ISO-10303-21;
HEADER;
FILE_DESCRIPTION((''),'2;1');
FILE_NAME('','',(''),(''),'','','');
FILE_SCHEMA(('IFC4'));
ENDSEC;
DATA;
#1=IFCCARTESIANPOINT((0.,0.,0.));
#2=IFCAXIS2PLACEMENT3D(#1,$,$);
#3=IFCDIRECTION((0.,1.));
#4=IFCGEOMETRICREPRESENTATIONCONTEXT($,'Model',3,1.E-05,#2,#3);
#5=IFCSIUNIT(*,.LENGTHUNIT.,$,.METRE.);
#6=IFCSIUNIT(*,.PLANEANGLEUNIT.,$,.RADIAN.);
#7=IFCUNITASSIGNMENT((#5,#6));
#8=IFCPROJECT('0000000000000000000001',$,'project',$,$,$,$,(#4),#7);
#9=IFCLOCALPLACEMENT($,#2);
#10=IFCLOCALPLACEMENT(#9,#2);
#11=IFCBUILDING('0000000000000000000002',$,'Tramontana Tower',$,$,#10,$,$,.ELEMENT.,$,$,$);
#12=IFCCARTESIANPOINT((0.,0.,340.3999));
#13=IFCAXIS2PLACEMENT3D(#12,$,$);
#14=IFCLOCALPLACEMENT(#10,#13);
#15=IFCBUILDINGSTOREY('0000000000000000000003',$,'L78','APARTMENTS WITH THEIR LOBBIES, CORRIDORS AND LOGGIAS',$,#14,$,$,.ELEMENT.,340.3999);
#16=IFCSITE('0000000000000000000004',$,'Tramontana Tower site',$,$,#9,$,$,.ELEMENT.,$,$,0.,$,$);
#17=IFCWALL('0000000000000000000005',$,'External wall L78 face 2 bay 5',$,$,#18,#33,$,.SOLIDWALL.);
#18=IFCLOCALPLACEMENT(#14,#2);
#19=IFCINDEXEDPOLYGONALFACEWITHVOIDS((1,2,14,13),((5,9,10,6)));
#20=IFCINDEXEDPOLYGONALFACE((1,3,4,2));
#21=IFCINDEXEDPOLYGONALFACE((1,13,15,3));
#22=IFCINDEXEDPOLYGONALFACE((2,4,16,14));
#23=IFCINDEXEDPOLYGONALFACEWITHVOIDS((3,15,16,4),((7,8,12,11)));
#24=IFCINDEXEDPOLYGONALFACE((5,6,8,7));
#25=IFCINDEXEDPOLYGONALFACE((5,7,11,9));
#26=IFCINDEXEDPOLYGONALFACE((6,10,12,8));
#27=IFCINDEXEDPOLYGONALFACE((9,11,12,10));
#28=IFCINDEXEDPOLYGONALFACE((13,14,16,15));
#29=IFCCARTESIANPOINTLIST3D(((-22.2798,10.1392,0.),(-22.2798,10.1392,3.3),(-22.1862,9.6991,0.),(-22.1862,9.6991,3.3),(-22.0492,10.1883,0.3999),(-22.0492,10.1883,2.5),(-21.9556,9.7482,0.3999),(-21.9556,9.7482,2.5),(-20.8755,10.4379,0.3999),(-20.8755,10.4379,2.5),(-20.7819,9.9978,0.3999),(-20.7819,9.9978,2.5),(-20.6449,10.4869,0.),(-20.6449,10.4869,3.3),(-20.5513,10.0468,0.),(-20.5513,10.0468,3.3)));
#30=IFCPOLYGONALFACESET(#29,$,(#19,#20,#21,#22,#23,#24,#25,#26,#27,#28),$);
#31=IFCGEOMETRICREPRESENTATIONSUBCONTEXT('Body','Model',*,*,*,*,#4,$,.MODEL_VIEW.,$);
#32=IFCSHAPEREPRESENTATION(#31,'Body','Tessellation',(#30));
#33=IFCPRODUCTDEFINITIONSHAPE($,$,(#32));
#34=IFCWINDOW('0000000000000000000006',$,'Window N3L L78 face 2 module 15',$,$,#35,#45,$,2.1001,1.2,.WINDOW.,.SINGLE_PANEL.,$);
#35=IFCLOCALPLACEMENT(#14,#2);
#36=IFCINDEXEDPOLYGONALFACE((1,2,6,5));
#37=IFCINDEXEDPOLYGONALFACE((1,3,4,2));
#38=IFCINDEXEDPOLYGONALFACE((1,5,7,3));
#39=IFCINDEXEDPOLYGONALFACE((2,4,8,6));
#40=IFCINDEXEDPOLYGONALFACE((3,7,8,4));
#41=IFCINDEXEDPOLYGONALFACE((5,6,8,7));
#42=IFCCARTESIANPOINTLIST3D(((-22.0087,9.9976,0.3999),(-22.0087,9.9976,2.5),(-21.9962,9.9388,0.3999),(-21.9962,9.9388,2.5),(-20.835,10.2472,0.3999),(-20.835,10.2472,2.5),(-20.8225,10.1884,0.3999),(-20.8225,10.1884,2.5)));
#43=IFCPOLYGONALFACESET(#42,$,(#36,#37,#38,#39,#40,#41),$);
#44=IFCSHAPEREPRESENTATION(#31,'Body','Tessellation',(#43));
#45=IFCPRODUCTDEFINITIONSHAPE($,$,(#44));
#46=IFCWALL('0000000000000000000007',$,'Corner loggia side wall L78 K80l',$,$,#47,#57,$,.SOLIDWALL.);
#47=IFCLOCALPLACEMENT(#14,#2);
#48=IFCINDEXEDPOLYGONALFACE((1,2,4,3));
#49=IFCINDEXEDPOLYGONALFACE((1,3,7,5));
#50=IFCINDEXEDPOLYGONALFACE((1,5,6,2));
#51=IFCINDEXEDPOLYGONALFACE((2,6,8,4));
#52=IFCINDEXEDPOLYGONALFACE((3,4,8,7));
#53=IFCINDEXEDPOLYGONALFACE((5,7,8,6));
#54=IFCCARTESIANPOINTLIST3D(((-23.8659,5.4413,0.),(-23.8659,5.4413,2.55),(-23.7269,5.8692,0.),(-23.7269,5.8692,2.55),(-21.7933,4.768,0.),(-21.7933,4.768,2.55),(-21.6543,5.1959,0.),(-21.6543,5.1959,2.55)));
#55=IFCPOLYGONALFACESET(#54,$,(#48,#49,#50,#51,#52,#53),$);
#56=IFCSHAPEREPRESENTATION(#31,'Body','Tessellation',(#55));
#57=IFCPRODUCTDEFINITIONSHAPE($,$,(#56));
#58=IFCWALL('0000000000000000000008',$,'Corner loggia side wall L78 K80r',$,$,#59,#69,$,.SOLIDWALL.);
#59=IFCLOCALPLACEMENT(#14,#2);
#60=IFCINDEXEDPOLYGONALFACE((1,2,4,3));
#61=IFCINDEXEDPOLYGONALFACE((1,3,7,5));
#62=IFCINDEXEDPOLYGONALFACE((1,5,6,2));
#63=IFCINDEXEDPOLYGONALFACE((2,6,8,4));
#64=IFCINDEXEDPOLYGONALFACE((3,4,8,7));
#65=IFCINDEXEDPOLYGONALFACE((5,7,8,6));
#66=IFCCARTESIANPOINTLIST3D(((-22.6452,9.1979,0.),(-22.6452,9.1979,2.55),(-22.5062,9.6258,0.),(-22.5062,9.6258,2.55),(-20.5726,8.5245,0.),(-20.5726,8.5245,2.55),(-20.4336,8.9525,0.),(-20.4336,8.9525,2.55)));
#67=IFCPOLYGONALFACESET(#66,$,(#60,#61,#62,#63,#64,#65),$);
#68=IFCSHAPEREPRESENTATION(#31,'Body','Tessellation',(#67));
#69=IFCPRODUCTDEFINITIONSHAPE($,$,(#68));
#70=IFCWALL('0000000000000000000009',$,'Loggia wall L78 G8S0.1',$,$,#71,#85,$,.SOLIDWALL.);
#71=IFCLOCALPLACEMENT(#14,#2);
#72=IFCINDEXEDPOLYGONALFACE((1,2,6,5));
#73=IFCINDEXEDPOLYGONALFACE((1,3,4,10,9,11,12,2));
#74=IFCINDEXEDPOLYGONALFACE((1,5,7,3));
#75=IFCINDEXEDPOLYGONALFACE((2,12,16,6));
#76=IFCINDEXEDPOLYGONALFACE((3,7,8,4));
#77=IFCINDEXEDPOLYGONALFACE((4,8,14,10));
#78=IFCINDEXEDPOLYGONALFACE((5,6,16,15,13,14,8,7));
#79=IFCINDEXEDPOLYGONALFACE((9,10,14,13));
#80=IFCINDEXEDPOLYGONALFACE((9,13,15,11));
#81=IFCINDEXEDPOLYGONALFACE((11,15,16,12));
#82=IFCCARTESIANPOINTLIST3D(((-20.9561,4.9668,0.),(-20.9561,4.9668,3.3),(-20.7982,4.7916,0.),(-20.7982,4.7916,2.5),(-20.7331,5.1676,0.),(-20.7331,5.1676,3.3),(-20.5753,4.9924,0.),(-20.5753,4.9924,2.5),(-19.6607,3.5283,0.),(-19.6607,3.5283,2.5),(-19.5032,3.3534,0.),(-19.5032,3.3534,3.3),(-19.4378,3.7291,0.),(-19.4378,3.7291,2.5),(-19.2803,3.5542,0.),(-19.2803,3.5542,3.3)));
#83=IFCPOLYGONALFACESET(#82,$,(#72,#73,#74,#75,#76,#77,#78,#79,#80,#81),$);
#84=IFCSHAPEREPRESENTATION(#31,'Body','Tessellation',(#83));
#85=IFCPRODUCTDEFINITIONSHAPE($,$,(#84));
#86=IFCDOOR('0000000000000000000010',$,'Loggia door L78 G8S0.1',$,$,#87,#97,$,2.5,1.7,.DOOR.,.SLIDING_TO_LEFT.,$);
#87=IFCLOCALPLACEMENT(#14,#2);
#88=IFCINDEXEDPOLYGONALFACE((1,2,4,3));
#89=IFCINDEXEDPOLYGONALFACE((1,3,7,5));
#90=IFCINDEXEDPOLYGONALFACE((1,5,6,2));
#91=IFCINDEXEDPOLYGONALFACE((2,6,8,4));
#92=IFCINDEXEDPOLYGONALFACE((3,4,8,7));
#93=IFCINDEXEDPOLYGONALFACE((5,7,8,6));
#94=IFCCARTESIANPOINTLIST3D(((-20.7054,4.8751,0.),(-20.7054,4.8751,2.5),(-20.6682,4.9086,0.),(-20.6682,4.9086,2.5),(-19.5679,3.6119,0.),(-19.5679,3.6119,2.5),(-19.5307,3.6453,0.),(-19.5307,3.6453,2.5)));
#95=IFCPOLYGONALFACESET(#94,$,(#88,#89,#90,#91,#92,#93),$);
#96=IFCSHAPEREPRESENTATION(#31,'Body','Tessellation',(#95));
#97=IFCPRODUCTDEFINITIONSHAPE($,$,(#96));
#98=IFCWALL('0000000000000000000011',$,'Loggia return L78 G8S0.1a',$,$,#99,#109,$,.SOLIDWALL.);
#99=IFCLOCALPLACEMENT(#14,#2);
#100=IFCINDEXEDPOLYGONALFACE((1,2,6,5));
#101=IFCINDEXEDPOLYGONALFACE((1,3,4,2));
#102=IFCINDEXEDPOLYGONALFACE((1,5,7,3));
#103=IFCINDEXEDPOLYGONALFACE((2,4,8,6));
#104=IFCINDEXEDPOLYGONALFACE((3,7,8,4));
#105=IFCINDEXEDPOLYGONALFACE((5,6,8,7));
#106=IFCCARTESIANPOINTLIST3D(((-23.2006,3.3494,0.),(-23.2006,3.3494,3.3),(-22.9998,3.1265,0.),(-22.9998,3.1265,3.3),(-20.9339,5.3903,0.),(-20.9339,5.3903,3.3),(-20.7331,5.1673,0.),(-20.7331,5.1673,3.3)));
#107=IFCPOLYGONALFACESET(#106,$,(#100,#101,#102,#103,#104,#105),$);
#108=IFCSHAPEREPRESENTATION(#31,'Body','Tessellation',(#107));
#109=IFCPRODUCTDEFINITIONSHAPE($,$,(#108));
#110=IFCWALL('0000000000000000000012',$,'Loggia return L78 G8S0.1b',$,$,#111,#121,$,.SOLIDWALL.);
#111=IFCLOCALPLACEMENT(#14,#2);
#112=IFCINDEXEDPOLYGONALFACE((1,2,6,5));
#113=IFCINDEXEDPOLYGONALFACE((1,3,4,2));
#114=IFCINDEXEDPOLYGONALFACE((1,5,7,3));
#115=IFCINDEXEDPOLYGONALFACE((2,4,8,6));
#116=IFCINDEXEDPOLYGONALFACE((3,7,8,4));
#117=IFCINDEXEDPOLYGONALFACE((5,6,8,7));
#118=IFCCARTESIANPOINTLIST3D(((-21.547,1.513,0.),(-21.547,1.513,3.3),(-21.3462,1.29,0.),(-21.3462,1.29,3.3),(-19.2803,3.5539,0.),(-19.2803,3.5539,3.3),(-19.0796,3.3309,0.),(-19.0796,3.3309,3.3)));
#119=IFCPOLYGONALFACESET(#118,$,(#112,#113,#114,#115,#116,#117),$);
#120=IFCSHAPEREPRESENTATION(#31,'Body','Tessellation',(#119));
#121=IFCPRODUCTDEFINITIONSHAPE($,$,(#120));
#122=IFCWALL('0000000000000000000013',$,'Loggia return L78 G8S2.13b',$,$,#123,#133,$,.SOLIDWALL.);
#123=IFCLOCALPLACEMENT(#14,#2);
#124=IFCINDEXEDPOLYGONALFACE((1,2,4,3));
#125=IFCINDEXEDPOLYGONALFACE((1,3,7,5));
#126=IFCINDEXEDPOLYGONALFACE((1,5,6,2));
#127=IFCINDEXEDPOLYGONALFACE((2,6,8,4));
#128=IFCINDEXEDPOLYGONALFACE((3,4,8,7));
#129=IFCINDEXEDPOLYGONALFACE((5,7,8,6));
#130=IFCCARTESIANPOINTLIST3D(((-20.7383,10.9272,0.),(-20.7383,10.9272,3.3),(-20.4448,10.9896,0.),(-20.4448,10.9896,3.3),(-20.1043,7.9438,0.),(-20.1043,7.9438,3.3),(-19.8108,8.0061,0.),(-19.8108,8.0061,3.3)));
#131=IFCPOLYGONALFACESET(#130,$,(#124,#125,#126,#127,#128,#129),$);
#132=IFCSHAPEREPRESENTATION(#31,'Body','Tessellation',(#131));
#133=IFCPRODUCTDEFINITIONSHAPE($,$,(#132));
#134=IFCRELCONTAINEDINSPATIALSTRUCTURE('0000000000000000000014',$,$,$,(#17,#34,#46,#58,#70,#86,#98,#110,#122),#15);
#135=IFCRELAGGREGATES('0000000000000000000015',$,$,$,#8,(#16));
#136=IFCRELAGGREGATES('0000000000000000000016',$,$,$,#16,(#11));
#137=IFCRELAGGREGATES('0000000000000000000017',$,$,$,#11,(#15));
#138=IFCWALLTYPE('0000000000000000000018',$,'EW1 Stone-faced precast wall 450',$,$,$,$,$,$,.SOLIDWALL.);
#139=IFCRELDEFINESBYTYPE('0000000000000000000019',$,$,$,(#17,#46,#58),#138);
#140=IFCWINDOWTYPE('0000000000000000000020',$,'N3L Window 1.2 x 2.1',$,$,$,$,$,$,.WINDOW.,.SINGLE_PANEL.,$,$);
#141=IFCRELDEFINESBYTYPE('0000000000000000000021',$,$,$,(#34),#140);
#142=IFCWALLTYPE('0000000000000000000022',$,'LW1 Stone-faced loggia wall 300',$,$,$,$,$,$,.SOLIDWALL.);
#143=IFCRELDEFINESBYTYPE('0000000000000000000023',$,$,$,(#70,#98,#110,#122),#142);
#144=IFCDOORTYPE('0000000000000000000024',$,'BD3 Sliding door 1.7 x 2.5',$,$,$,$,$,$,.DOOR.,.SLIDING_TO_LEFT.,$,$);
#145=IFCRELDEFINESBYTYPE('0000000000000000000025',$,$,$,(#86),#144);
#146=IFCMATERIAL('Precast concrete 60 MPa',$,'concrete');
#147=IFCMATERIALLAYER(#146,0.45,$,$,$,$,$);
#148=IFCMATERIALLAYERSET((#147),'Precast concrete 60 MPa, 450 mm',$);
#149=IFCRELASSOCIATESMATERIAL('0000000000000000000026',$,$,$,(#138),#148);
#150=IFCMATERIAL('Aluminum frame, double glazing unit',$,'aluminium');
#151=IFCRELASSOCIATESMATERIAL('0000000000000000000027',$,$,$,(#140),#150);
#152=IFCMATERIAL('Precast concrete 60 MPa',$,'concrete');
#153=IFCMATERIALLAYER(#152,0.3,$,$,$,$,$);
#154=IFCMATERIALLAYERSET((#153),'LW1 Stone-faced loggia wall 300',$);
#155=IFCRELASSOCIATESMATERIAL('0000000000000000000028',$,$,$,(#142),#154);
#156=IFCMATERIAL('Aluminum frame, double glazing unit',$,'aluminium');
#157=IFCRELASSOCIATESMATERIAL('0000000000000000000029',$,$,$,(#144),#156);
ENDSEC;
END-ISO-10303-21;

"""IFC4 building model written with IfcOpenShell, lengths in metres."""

from ifc_helpers import new_model, si_unit, direction, frame, frame_2d, origin, place, context, subcontext, project, spatial, rectangle, extrude, material, layer, layer_set, type_object, element, fill, save


model = new_model("IFC4")

# Units and contexts
model_context = context("Model", 3, precision=1e-05, world=origin(), true_north=direction((0.0, 1.0)))
body_context = subcontext(model_context, "Body", "Model", "MODEL_VIEW")
ifc_project = project(units=[si_unit("LENGTHUNIT", "METRE"), si_unit("PLANEANGLEUNIT", "RADIAN")], contexts=[model_context])

# Site, building, storey
site_placement = place(None, origin())
site = spatial("IfcSite", under=ifc_project, at=site_placement, Name="Tramontana Tower site", CompositionType="ELEMENT", RefElevation=0.0)
building_placement = place(site_placement, origin())
building = spatial("IfcBuilding", under=site, at=building_placement, Name="Tramontana Tower", CompositionType="ELEMENT")
storey_placement = place(building_placement, frame((0.0, 0.0, 340.3999)))
storey = spatial("IfcBuildingStorey", under=building, at=storey_placement, Name="L78", Description="APARTMENTS WITH THEIR LOBBIES, CORRIDORS AND LOGGIAS", CompositionType="ELEMENT", Elevation=340.3999)

# Wall, opening, window
ifc_material_1 = material(Name="Precast concrete 60 MPa", Category="concrete")
ifc_layer_1 = layer(ifc_material_1, 0.45)
ifc_layer_set_1 = layer_set([ifc_layer_1], Name="Precast concrete 60 MPa, 450 mm")
wall_type_1 = type_object("IfcWallType", Name="EW1 Stone-faced precast wall 450", PredefinedType="SOLIDWALL", material=ifc_layer_set_1)
ifc_material_2 = material(Name="Aluminum frame, double glazing unit", Category="aluminium")
window_type_1 = type_object("IfcWindowType", Name="N3L Window 1.2 x 2.1", PartitioningType="SINGLE_PANEL", PredefinedType="WINDOW", material=ifc_material_2)
wall_1_placement = place(storey_placement, frame((-20.5981, 10.2668, 0.0), z_axis=(0.0, 0.0, 1.0), x_axis=(-0.978126, -0.208012, 0.0)))
wall_1 = element("IfcWall", 1, at=wall_1_placement, inside=storey, type_object=wall_type_1, Name="External wall L78 face 2 bay 5", PredefinedType="SOLIDWALL", context=body_context, shape_type="SweptSolid", body=[
    extrude(rectangle(XDim=1.6714, YDim=0.45, at=frame_2d((0.8357, 0.0))), origin(), (0.0, 0.0, 1.0), 3.3),
])
opening_1_placement = place(wall_1_placement, frame((0.2356, 0.0, 0.3999)))
opening_1 = element("IfcOpeningElement", 2, at=opening_1_placement, cuts=wall_1, PredefinedType="OPENING", context=body_context, shape_type="SweptSolid", body=[
    extrude(rectangle(XDim=1.2, YDim=2.1001, at=frame_2d((0.6001, 1.05))), frame((0.0, 0.2349, 0.0), z_axis=(0.0, -1.0, 0.0), x_axis=(1.0, 0.0, 0.0)), (0.0, 0.0, 1.0), 0.47),
])
window_1_placement = place(opening_1_placement, origin())
window_1 = element("IfcWindow", 3, at=window_1_placement, inside=storey, type_object=window_type_1, Name="Window N3L L78 face 2 module 15", OverallHeight=2.1001, OverallWidth=1.2, PartitioningType="SINGLE_PANEL", PredefinedType="WINDOW", context=body_context, shape_type="SweptSolid", body=[
    extrude(rectangle(XDim=1.2, YDim=2.1001, at=frame_2d((0.6001, 1.05))), frame((0.0, 0.03, 0.0), z_axis=(0.0, -1.0, 0.0), x_axis=(1.0, 0.0, 0.0)), (0.0, 0.0, 1.0), 0.0601),
])
fill(opening_1, window_1)

# Walls
for number, where, z_axis, x_axis, name in (
    (4, (-23.7964, 5.6553, 0.0), (0.0, 0.0, 1.0), (0.951065, -0.308992, 0.0), "Corner loggia side wall L78 K80l"),
    (5, (-22.5757, 9.4119, 0.0), (0.0, 0.0, 1.0), (0.951065, -0.308992, 0.0), "Corner loggia side wall L78 K80r"),
):
    element("IfcWall", number, at=place(storey_placement, frame(where, z_axis=z_axis, x_axis=x_axis)), inside=storey, type_object=wall_type_1, Name=name, PredefinedType="SOLIDWALL", context=body_context, shape_type="SweptSolid", body=[
        extrude(rectangle(XDim=2.1792, YDim=0.45, at=frame_2d((1.0896, 0.0))), origin(), (0.0, 0.0, 1.0), 2.55),
    ])

# Wall, opening, door
ifc_material_3 = material(Name="Precast concrete 60 MPa", Category="concrete")
ifc_layer_2 = layer(ifc_material_3, 0.3)
ifc_layer_set_2 = layer_set([ifc_layer_2], Name="LW1 Stone-faced loggia wall 300")
wall_type_2 = type_object("IfcWallType", Name="LW1 Stone-faced loggia wall 300", PredefinedType="SOLIDWALL", material=ifc_layer_set_2)
wall_2_placement = place(storey_placement, frame((-20.8445, 5.0671, 0.0), z_axis=(0.0, 0.0, 1.0), x_axis=(0.669145, -0.743132, 0.0)))
wall_2 = element("IfcWall", 6, at=wall_2_placement, inside=storey, type_object=wall_type_2, Name="Loggia wall L78 G8S0.1", PredefinedType="SOLIDWALL", context=body_context, shape_type="SweptSolid", body=[
    extrude(rectangle(XDim=2.1711, YDim=0.3, at=frame_2d((1.0854, 0.0))), origin(), (0.0, 0.0, 1.0), 3.3),
])
opening_2_placement = place(wall_2_placement, frame((0.2356, 0.0, 0.0)))
opening_2 = element("IfcOpeningElement", 7, at=opening_2_placement, cuts=wall_2, PredefinedType="OPENING", context=body_context, shape_type="SweptSolid", body=[
    extrude(rectangle(XDim=1.7, YDim=2.5, at=frame_2d((0.8501, 1.25))), frame((0.0, 0.1599, 0.0), z_axis=(0.0, -1.0, 0.0), x_axis=(1.0, 0.0, 0.0)), (0.0, 0.0, 1.0), 0.3201),
])
ifc_material_4 = material(Name="Aluminum frame, double glazing unit", Category="aluminium")
door_type_1 = type_object("IfcDoorType", Name="BD3 Sliding door 1.7 x 2.5", OperationType="SLIDING_TO_LEFT", PredefinedType="DOOR", material=ifc_material_4)
door_1_placement = place(opening_2_placement, origin())
door_1 = element("IfcDoor", 8, at=door_1_placement, inside=storey, type_object=door_type_1, Name="Loggia door L78 G8S0.1", OperationType="SLIDING_TO_LEFT", OverallHeight=2.5, OverallWidth=1.7, PredefinedType="DOOR", context=body_context, shape_type="SweptSolid", body=[
    extrude(rectangle(XDim=1.7, YDim=2.5, at=frame_2d((0.8501, 1.25))), frame((0.0, 0.0249, 0.0), z_axis=(0.0, -1.0, 0.0), x_axis=(1.0, 0.0, 0.0)), (0.0, 0.0, 1.0), 0.05),
])
fill(opening_2, door_1)

# Walls
for number, where, z_axis, x_axis, name in (
    (9, (-23.1001, 3.238, 0.0), (0.0, 0.0, 1.0), (0.743159, 0.669115, 0.0), "Loggia return L78 G8S0.1a"),
    (10, (-21.4465, 1.4016, 0.0), (0.0, 0.0, 1.0), (0.743159, 0.669115, 0.0), "Loggia return L78 G8S0.1b"),
    (11, (-20.5916, 10.9583, 0.0), (0.0, 0.0, 1.0), (0.207878, -0.978155, 0.0), "Loggia return L78 G8S2.13b"),
):
    element("IfcWall", number, at=place(storey_placement, frame(where, z_axis=z_axis, x_axis=x_axis)), inside=storey, type_object=wall_type_2, Name=name, PredefinedType="SOLIDWALL", context=body_context, shape_type="SweptSolid", body=[
        extrude(rectangle(XDim=3.05, YDim=0.3, at=frame_2d((1.5249, 0.0))), origin(), (0.0, 0.0, 1.0), 3.3),
    ])

save(model, "model.ifc")
